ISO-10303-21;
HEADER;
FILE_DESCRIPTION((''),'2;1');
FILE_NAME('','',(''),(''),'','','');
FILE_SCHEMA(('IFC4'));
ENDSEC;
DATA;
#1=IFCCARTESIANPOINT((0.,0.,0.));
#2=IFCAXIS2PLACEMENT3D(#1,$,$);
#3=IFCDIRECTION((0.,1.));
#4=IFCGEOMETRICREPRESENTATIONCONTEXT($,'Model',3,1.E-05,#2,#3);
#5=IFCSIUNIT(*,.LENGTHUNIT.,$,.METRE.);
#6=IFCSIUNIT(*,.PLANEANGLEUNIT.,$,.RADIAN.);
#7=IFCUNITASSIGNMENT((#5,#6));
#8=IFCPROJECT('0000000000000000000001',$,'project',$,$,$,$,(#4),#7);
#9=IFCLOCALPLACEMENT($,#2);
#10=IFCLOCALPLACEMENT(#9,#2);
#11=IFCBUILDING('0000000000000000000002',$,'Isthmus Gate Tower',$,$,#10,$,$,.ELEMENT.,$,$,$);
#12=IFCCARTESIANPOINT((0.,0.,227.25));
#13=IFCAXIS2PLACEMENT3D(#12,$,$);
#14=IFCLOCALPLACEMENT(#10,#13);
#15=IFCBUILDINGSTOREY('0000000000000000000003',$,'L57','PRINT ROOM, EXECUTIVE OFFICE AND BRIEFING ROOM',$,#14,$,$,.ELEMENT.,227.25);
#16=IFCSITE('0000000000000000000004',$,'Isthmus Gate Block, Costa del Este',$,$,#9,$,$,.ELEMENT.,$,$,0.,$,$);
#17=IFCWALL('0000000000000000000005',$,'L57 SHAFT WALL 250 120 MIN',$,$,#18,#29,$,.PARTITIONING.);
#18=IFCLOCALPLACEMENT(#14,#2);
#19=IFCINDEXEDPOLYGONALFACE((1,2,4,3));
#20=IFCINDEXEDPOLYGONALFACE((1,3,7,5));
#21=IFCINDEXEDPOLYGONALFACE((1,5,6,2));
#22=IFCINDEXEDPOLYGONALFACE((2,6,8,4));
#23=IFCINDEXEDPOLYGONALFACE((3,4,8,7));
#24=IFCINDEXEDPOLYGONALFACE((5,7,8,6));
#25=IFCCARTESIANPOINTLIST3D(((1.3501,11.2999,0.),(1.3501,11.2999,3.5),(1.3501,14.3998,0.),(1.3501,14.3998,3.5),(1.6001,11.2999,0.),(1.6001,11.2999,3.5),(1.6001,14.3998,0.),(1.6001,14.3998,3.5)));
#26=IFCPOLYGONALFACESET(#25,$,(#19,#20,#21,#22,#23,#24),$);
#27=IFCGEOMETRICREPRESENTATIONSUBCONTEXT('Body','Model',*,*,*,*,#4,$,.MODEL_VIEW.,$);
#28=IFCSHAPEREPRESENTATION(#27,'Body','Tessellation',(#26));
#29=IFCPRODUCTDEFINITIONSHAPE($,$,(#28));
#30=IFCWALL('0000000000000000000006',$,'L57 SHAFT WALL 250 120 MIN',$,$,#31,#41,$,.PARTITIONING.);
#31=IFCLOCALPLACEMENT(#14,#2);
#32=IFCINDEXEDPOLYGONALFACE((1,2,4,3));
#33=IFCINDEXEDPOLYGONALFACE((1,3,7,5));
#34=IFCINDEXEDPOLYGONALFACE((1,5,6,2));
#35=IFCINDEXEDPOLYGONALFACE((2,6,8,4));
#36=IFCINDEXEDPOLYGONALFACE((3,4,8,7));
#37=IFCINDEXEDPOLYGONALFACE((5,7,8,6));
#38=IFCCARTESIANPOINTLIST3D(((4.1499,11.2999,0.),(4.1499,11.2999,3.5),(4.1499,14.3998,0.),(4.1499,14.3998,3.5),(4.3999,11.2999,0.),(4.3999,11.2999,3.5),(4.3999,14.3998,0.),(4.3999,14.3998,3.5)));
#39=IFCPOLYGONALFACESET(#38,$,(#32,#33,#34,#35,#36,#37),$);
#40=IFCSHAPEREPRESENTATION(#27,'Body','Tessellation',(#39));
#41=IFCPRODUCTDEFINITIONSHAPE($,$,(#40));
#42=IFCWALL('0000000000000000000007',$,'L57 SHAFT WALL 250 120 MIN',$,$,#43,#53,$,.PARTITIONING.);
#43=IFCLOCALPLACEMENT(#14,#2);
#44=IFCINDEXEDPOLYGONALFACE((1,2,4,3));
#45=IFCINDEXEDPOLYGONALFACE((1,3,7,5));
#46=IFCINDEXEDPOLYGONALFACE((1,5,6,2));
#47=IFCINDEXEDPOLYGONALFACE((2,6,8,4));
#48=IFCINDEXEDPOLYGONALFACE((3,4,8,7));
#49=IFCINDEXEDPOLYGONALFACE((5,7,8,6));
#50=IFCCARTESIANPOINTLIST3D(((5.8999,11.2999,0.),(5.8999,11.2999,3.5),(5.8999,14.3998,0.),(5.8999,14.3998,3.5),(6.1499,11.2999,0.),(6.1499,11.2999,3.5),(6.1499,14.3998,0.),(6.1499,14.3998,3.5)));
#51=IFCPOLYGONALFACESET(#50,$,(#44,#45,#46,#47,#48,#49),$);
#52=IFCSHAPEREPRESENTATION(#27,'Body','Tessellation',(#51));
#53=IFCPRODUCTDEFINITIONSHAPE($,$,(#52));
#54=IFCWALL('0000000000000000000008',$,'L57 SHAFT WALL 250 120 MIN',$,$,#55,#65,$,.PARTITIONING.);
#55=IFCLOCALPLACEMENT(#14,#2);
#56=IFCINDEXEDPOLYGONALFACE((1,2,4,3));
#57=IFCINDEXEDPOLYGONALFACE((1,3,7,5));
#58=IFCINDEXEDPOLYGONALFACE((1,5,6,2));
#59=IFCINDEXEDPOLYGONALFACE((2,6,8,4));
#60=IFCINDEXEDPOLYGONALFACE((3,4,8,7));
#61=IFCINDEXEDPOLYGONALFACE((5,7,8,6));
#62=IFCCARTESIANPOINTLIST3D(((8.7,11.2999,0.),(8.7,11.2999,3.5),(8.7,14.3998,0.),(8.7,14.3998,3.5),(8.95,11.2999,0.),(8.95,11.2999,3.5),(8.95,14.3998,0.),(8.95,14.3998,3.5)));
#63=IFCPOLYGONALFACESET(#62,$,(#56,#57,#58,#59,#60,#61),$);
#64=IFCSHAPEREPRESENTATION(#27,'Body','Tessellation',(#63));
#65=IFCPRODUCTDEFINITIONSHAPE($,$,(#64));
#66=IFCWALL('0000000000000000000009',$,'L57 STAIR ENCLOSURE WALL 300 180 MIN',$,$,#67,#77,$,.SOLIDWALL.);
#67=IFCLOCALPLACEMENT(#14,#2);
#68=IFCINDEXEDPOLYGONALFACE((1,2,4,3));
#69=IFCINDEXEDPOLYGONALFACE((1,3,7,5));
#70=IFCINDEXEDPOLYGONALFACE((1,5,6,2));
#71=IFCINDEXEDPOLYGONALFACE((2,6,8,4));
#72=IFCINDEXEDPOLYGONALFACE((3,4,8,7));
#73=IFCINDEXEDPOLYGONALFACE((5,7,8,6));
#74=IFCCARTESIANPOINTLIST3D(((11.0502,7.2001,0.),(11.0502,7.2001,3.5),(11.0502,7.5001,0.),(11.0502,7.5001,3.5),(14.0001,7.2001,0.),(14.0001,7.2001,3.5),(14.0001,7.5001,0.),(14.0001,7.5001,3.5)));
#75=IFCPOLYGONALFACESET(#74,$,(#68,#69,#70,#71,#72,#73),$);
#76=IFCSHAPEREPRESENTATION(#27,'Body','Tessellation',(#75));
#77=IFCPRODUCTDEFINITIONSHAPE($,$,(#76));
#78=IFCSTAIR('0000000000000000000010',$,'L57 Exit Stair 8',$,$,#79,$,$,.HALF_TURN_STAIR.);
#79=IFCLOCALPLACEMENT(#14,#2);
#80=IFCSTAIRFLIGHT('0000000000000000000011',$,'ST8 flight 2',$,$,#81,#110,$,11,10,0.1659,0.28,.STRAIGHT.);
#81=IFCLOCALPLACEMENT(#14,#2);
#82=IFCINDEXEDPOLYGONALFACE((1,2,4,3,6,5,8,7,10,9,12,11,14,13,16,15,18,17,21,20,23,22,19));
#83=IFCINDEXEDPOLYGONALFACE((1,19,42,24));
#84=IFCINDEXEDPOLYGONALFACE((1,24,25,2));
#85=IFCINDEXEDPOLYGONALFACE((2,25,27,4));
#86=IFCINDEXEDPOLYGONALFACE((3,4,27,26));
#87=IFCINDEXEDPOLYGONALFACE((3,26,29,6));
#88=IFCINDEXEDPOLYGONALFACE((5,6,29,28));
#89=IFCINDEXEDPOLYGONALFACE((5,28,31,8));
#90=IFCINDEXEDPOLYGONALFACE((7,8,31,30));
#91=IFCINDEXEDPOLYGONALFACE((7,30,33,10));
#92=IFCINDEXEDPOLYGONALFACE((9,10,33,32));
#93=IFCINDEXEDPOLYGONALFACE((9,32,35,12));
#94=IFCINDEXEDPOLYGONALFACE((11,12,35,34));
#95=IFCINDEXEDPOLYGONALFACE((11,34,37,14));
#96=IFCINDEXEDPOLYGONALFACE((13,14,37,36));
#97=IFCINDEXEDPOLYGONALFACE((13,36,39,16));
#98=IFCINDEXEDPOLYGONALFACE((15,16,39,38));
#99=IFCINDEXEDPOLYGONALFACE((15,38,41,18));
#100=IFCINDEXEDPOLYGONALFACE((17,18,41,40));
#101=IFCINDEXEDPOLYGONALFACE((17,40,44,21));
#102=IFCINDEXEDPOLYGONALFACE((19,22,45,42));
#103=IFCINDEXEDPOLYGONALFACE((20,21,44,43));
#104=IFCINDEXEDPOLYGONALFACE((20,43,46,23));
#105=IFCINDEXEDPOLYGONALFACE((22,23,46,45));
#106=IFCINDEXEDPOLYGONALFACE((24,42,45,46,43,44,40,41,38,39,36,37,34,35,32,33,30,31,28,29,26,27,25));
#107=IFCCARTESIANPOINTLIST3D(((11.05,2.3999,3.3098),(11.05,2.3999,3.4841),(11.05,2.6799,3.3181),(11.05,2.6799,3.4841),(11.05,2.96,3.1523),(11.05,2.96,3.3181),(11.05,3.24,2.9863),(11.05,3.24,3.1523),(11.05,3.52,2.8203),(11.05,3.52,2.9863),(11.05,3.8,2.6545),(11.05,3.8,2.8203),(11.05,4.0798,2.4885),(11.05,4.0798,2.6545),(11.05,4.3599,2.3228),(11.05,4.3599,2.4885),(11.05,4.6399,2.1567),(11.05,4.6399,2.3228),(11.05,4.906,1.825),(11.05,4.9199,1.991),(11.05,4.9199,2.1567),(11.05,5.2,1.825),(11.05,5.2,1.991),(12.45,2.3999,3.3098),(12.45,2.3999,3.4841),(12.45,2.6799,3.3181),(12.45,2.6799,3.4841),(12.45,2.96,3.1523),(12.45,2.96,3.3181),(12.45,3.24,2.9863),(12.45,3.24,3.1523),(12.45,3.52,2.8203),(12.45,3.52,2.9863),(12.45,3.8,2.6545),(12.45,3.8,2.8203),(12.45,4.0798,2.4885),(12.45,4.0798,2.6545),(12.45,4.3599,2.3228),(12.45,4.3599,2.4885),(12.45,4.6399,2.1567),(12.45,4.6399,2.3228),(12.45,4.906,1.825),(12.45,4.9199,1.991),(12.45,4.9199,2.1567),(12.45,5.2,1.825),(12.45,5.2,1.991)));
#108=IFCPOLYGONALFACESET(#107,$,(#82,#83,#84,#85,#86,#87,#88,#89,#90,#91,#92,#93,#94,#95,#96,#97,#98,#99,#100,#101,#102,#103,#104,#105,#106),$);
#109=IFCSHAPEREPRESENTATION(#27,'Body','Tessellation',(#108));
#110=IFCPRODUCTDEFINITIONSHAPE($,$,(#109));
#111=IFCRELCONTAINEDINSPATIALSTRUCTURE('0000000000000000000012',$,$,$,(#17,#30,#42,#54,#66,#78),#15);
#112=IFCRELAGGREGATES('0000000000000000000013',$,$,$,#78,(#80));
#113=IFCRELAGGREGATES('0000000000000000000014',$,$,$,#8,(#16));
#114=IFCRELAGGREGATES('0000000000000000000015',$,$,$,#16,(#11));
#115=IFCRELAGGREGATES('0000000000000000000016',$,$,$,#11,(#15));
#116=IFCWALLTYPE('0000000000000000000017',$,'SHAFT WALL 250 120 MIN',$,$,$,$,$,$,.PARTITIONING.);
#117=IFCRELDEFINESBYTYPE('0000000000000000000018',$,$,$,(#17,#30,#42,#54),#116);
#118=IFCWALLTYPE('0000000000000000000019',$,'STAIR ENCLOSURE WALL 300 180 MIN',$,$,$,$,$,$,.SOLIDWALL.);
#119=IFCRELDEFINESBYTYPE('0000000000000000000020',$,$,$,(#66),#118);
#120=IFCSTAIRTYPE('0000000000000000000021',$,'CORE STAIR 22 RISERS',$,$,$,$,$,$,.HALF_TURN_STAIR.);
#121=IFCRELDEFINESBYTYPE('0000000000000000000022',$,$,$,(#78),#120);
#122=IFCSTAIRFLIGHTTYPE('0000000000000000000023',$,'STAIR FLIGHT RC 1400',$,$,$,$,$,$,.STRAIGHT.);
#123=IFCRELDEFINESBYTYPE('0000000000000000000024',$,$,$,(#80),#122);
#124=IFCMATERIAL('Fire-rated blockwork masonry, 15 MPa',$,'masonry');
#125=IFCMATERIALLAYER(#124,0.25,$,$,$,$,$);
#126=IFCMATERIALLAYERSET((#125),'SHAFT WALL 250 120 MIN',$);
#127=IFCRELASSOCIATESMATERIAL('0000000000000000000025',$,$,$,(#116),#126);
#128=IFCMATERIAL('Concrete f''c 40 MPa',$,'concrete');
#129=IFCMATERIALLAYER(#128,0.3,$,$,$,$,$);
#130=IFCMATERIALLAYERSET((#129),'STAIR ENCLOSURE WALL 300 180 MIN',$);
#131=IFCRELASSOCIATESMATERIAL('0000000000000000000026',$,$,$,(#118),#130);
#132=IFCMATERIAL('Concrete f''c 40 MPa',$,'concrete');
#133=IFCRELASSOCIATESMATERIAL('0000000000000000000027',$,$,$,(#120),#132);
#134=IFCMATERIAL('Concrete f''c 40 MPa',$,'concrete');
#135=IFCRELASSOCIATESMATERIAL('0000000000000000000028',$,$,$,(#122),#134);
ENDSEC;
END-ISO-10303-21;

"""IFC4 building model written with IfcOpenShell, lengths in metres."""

from ifc_helpers import new_model, si_unit, direction, frame, frame_2d, origin, place, context, subcontext, project, spatial, polyline, rectangle, outline, extrude, material, layer, layer_set, type_object, element, aggregate, save


model = new_model("IFC4")

# Units and contexts
model_context = context("Model", 3, precision=1e-05, world=origin(), true_north=direction((0.0, 1.0)))
body_context = subcontext(model_context, "Body", "Model", "MODEL_VIEW")
ifc_project = project(units=[si_unit("LENGTHUNIT", "METRE"), si_unit("PLANEANGLEUNIT", "RADIAN")], contexts=[model_context])

# Site, building, storey
site_placement = place(None, origin())
site = spatial("IfcSite", under=ifc_project, at=site_placement, Name="Isthmus Gate Block, Costa del Este", CompositionType="ELEMENT", RefElevation=0.0)
building_placement = place(site_placement, origin())
building = spatial("IfcBuilding", under=site, at=building_placement, Name="Isthmus Gate Tower", CompositionType="ELEMENT")
storey_placement = place(building_placement, frame((0.0, 0.0, 227.25)))
storey = spatial("IfcBuildingStorey", under=building, at=storey_placement, Name="L57", Description="PRINT ROOM, EXECUTIVE OFFICE AND BRIEFING ROOM", CompositionType="ELEMENT", Elevation=227.25)

# Walls
ifc_material_1 = material(Name="Fire-rated blockwork masonry, 15 MPa", Category="masonry")
ifc_layer_1 = layer(ifc_material_1, 0.25)
ifc_layer_set_1 = layer_set([ifc_layer_1], Name="SHAFT WALL 250 120 MIN")
wall_type_1 = type_object("IfcWallType", Name="SHAFT WALL 250 120 MIN", PredefinedType="PARTITIONING", material=ifc_layer_set_1)
for number, where, z_axis, x_axis, name in (
    (1, (1.4751, 11.3, 0.0), (0.0, 0.0, 1.0), (0.0, 1.0, 0.0), "L57 SHAFT WALL 250 120 MIN"),
    (2, (4.2749, 11.3, 0.0), (0.0, 0.0, 1.0), (0.0, 1.0, 0.0), "L57 SHAFT WALL 250 120 MIN"),
    (3, (6.0249, 11.3, 0.0), (0.0, 0.0, 1.0), (0.0, 1.0, 0.0), "L57 SHAFT WALL 250 120 MIN"),
    (4, (8.825, 11.3, 0.0), (0.0, 0.0, 1.0), (0.0, 1.0, 0.0), "L57 SHAFT WALL 250 120 MIN"),
):
    element("IfcWall", number, at=place(storey_placement, frame(where, z_axis=z_axis, x_axis=x_axis)), inside=storey, type_object=wall_type_1, Name=name, PredefinedType="PARTITIONING", context=body_context, shape_type="SweptSolid", body=[
        extrude(rectangle(XDim=3.0999, YDim=0.25, at=frame_2d((1.5498, 0.0))), origin(), (0.0, 0.0, 1.0), 3.5),
    ])
ifc_material_2 = material(Name="Concrete f'c 40 MPa", Category="concrete")
ifc_layer_2 = layer(ifc_material_2, 0.3)
ifc_layer_set_2 = layer_set([ifc_layer_2], Name="STAIR ENCLOSURE WALL 300 180 MIN")
wall_type_2 = type_object("IfcWallType", Name="STAIR ENCLOSURE WALL 300 180 MIN", PredefinedType="SOLIDWALL", material=ifc_layer_set_2)
wall_1_placement = place(storey_placement, frame((11.05, 7.3501, 0.0), z_axis=(0.0, 0.0, 1.0), x_axis=(1.0, 0.0, 0.0)))
element("IfcWall", 5, at=wall_1_placement, inside=storey, type_object=wall_type_2, Name="L57 STAIR ENCLOSURE WALL 300 180 MIN", PredefinedType="SOLIDWALL", context=body_context, shape_type="SweptSolid", body=[
    extrude(rectangle(XDim=2.95, YDim=0.3, at=frame_2d((1.4751, 0.0))), origin(), (0.0, 0.0, 1.0), 3.5),
])

# Stair, stair flight
ifc_material_3 = material(Name="Concrete f'c 40 MPa", Category="concrete")
stair_type = type_object("IfcStairType", Name="CORE STAIR 22 RISERS", PredefinedType="HALF_TURN_STAIR", material=ifc_material_3)
stair_placement = place(storey_placement, origin())
stair = element("IfcStair", 6, at=stair_placement, inside=storey, type_object=stair_type, Name="L57 Exit Stair 8", PredefinedType="HALF_TURN_STAIR")
ifc_material_4 = material(Name="Concrete f'c 40 MPa", Category="concrete")
stair_flight_type = type_object("IfcStairFlightType", Name="STAIR FLIGHT RC 1400", PredefinedType="STRAIGHT", material=ifc_material_4)
stair_flight_placement = place(storey_placement, frame((11.75, 5.2, 1.825), z_axis=(0.0, 0.0, 1.0), x_axis=(0.0, -1.0, 0.0)))
stair_flight = element("IfcStairFlight", 7, at=stair_flight_placement, type_object=stair_flight_type, Name="ST8 flight 2", NumberOfRisers=11, NumberOfTreads=10, PredefinedType="STRAIGHT", RiserHeight=0.1659, TreadLength=0.28, context=body_context, shape_type="SweptSolid", body=[
    extrude(outline(polyline([(0.0, 0.0), (0.0, 0.166), (0.28, 0.166), (0.28, 0.3318), (0.5601, 0.3318), (0.5601, 0.4978), (0.8401, 0.4978), (0.8401, 0.6636), (1.1201, 0.6636), (1.1201, 0.8296), (1.3999, 0.8296), (1.3999, 0.9954), (1.6799, 0.9954), (1.6799, 1.1614), (1.96, 1.1614), (1.96, 1.3274), (2.24, 1.3274), (2.24, 1.4932), (2.52, 1.4932), (2.52, 1.6592), (2.8, 1.6592), (2.8, 1.825), (2.8, 1.4849), (0.2939, 0.0), (0.0, 0.0)])), frame((0.0, 0.7, 0.0), z_axis=(0.0, -1.0, 0.0), x_axis=(1.0, 0.0, 0.0)), (0.0, 0.0, 1.0), 1.3999),
])
aggregate(stair, [stair_flight])

save(model, "model.ifc")
